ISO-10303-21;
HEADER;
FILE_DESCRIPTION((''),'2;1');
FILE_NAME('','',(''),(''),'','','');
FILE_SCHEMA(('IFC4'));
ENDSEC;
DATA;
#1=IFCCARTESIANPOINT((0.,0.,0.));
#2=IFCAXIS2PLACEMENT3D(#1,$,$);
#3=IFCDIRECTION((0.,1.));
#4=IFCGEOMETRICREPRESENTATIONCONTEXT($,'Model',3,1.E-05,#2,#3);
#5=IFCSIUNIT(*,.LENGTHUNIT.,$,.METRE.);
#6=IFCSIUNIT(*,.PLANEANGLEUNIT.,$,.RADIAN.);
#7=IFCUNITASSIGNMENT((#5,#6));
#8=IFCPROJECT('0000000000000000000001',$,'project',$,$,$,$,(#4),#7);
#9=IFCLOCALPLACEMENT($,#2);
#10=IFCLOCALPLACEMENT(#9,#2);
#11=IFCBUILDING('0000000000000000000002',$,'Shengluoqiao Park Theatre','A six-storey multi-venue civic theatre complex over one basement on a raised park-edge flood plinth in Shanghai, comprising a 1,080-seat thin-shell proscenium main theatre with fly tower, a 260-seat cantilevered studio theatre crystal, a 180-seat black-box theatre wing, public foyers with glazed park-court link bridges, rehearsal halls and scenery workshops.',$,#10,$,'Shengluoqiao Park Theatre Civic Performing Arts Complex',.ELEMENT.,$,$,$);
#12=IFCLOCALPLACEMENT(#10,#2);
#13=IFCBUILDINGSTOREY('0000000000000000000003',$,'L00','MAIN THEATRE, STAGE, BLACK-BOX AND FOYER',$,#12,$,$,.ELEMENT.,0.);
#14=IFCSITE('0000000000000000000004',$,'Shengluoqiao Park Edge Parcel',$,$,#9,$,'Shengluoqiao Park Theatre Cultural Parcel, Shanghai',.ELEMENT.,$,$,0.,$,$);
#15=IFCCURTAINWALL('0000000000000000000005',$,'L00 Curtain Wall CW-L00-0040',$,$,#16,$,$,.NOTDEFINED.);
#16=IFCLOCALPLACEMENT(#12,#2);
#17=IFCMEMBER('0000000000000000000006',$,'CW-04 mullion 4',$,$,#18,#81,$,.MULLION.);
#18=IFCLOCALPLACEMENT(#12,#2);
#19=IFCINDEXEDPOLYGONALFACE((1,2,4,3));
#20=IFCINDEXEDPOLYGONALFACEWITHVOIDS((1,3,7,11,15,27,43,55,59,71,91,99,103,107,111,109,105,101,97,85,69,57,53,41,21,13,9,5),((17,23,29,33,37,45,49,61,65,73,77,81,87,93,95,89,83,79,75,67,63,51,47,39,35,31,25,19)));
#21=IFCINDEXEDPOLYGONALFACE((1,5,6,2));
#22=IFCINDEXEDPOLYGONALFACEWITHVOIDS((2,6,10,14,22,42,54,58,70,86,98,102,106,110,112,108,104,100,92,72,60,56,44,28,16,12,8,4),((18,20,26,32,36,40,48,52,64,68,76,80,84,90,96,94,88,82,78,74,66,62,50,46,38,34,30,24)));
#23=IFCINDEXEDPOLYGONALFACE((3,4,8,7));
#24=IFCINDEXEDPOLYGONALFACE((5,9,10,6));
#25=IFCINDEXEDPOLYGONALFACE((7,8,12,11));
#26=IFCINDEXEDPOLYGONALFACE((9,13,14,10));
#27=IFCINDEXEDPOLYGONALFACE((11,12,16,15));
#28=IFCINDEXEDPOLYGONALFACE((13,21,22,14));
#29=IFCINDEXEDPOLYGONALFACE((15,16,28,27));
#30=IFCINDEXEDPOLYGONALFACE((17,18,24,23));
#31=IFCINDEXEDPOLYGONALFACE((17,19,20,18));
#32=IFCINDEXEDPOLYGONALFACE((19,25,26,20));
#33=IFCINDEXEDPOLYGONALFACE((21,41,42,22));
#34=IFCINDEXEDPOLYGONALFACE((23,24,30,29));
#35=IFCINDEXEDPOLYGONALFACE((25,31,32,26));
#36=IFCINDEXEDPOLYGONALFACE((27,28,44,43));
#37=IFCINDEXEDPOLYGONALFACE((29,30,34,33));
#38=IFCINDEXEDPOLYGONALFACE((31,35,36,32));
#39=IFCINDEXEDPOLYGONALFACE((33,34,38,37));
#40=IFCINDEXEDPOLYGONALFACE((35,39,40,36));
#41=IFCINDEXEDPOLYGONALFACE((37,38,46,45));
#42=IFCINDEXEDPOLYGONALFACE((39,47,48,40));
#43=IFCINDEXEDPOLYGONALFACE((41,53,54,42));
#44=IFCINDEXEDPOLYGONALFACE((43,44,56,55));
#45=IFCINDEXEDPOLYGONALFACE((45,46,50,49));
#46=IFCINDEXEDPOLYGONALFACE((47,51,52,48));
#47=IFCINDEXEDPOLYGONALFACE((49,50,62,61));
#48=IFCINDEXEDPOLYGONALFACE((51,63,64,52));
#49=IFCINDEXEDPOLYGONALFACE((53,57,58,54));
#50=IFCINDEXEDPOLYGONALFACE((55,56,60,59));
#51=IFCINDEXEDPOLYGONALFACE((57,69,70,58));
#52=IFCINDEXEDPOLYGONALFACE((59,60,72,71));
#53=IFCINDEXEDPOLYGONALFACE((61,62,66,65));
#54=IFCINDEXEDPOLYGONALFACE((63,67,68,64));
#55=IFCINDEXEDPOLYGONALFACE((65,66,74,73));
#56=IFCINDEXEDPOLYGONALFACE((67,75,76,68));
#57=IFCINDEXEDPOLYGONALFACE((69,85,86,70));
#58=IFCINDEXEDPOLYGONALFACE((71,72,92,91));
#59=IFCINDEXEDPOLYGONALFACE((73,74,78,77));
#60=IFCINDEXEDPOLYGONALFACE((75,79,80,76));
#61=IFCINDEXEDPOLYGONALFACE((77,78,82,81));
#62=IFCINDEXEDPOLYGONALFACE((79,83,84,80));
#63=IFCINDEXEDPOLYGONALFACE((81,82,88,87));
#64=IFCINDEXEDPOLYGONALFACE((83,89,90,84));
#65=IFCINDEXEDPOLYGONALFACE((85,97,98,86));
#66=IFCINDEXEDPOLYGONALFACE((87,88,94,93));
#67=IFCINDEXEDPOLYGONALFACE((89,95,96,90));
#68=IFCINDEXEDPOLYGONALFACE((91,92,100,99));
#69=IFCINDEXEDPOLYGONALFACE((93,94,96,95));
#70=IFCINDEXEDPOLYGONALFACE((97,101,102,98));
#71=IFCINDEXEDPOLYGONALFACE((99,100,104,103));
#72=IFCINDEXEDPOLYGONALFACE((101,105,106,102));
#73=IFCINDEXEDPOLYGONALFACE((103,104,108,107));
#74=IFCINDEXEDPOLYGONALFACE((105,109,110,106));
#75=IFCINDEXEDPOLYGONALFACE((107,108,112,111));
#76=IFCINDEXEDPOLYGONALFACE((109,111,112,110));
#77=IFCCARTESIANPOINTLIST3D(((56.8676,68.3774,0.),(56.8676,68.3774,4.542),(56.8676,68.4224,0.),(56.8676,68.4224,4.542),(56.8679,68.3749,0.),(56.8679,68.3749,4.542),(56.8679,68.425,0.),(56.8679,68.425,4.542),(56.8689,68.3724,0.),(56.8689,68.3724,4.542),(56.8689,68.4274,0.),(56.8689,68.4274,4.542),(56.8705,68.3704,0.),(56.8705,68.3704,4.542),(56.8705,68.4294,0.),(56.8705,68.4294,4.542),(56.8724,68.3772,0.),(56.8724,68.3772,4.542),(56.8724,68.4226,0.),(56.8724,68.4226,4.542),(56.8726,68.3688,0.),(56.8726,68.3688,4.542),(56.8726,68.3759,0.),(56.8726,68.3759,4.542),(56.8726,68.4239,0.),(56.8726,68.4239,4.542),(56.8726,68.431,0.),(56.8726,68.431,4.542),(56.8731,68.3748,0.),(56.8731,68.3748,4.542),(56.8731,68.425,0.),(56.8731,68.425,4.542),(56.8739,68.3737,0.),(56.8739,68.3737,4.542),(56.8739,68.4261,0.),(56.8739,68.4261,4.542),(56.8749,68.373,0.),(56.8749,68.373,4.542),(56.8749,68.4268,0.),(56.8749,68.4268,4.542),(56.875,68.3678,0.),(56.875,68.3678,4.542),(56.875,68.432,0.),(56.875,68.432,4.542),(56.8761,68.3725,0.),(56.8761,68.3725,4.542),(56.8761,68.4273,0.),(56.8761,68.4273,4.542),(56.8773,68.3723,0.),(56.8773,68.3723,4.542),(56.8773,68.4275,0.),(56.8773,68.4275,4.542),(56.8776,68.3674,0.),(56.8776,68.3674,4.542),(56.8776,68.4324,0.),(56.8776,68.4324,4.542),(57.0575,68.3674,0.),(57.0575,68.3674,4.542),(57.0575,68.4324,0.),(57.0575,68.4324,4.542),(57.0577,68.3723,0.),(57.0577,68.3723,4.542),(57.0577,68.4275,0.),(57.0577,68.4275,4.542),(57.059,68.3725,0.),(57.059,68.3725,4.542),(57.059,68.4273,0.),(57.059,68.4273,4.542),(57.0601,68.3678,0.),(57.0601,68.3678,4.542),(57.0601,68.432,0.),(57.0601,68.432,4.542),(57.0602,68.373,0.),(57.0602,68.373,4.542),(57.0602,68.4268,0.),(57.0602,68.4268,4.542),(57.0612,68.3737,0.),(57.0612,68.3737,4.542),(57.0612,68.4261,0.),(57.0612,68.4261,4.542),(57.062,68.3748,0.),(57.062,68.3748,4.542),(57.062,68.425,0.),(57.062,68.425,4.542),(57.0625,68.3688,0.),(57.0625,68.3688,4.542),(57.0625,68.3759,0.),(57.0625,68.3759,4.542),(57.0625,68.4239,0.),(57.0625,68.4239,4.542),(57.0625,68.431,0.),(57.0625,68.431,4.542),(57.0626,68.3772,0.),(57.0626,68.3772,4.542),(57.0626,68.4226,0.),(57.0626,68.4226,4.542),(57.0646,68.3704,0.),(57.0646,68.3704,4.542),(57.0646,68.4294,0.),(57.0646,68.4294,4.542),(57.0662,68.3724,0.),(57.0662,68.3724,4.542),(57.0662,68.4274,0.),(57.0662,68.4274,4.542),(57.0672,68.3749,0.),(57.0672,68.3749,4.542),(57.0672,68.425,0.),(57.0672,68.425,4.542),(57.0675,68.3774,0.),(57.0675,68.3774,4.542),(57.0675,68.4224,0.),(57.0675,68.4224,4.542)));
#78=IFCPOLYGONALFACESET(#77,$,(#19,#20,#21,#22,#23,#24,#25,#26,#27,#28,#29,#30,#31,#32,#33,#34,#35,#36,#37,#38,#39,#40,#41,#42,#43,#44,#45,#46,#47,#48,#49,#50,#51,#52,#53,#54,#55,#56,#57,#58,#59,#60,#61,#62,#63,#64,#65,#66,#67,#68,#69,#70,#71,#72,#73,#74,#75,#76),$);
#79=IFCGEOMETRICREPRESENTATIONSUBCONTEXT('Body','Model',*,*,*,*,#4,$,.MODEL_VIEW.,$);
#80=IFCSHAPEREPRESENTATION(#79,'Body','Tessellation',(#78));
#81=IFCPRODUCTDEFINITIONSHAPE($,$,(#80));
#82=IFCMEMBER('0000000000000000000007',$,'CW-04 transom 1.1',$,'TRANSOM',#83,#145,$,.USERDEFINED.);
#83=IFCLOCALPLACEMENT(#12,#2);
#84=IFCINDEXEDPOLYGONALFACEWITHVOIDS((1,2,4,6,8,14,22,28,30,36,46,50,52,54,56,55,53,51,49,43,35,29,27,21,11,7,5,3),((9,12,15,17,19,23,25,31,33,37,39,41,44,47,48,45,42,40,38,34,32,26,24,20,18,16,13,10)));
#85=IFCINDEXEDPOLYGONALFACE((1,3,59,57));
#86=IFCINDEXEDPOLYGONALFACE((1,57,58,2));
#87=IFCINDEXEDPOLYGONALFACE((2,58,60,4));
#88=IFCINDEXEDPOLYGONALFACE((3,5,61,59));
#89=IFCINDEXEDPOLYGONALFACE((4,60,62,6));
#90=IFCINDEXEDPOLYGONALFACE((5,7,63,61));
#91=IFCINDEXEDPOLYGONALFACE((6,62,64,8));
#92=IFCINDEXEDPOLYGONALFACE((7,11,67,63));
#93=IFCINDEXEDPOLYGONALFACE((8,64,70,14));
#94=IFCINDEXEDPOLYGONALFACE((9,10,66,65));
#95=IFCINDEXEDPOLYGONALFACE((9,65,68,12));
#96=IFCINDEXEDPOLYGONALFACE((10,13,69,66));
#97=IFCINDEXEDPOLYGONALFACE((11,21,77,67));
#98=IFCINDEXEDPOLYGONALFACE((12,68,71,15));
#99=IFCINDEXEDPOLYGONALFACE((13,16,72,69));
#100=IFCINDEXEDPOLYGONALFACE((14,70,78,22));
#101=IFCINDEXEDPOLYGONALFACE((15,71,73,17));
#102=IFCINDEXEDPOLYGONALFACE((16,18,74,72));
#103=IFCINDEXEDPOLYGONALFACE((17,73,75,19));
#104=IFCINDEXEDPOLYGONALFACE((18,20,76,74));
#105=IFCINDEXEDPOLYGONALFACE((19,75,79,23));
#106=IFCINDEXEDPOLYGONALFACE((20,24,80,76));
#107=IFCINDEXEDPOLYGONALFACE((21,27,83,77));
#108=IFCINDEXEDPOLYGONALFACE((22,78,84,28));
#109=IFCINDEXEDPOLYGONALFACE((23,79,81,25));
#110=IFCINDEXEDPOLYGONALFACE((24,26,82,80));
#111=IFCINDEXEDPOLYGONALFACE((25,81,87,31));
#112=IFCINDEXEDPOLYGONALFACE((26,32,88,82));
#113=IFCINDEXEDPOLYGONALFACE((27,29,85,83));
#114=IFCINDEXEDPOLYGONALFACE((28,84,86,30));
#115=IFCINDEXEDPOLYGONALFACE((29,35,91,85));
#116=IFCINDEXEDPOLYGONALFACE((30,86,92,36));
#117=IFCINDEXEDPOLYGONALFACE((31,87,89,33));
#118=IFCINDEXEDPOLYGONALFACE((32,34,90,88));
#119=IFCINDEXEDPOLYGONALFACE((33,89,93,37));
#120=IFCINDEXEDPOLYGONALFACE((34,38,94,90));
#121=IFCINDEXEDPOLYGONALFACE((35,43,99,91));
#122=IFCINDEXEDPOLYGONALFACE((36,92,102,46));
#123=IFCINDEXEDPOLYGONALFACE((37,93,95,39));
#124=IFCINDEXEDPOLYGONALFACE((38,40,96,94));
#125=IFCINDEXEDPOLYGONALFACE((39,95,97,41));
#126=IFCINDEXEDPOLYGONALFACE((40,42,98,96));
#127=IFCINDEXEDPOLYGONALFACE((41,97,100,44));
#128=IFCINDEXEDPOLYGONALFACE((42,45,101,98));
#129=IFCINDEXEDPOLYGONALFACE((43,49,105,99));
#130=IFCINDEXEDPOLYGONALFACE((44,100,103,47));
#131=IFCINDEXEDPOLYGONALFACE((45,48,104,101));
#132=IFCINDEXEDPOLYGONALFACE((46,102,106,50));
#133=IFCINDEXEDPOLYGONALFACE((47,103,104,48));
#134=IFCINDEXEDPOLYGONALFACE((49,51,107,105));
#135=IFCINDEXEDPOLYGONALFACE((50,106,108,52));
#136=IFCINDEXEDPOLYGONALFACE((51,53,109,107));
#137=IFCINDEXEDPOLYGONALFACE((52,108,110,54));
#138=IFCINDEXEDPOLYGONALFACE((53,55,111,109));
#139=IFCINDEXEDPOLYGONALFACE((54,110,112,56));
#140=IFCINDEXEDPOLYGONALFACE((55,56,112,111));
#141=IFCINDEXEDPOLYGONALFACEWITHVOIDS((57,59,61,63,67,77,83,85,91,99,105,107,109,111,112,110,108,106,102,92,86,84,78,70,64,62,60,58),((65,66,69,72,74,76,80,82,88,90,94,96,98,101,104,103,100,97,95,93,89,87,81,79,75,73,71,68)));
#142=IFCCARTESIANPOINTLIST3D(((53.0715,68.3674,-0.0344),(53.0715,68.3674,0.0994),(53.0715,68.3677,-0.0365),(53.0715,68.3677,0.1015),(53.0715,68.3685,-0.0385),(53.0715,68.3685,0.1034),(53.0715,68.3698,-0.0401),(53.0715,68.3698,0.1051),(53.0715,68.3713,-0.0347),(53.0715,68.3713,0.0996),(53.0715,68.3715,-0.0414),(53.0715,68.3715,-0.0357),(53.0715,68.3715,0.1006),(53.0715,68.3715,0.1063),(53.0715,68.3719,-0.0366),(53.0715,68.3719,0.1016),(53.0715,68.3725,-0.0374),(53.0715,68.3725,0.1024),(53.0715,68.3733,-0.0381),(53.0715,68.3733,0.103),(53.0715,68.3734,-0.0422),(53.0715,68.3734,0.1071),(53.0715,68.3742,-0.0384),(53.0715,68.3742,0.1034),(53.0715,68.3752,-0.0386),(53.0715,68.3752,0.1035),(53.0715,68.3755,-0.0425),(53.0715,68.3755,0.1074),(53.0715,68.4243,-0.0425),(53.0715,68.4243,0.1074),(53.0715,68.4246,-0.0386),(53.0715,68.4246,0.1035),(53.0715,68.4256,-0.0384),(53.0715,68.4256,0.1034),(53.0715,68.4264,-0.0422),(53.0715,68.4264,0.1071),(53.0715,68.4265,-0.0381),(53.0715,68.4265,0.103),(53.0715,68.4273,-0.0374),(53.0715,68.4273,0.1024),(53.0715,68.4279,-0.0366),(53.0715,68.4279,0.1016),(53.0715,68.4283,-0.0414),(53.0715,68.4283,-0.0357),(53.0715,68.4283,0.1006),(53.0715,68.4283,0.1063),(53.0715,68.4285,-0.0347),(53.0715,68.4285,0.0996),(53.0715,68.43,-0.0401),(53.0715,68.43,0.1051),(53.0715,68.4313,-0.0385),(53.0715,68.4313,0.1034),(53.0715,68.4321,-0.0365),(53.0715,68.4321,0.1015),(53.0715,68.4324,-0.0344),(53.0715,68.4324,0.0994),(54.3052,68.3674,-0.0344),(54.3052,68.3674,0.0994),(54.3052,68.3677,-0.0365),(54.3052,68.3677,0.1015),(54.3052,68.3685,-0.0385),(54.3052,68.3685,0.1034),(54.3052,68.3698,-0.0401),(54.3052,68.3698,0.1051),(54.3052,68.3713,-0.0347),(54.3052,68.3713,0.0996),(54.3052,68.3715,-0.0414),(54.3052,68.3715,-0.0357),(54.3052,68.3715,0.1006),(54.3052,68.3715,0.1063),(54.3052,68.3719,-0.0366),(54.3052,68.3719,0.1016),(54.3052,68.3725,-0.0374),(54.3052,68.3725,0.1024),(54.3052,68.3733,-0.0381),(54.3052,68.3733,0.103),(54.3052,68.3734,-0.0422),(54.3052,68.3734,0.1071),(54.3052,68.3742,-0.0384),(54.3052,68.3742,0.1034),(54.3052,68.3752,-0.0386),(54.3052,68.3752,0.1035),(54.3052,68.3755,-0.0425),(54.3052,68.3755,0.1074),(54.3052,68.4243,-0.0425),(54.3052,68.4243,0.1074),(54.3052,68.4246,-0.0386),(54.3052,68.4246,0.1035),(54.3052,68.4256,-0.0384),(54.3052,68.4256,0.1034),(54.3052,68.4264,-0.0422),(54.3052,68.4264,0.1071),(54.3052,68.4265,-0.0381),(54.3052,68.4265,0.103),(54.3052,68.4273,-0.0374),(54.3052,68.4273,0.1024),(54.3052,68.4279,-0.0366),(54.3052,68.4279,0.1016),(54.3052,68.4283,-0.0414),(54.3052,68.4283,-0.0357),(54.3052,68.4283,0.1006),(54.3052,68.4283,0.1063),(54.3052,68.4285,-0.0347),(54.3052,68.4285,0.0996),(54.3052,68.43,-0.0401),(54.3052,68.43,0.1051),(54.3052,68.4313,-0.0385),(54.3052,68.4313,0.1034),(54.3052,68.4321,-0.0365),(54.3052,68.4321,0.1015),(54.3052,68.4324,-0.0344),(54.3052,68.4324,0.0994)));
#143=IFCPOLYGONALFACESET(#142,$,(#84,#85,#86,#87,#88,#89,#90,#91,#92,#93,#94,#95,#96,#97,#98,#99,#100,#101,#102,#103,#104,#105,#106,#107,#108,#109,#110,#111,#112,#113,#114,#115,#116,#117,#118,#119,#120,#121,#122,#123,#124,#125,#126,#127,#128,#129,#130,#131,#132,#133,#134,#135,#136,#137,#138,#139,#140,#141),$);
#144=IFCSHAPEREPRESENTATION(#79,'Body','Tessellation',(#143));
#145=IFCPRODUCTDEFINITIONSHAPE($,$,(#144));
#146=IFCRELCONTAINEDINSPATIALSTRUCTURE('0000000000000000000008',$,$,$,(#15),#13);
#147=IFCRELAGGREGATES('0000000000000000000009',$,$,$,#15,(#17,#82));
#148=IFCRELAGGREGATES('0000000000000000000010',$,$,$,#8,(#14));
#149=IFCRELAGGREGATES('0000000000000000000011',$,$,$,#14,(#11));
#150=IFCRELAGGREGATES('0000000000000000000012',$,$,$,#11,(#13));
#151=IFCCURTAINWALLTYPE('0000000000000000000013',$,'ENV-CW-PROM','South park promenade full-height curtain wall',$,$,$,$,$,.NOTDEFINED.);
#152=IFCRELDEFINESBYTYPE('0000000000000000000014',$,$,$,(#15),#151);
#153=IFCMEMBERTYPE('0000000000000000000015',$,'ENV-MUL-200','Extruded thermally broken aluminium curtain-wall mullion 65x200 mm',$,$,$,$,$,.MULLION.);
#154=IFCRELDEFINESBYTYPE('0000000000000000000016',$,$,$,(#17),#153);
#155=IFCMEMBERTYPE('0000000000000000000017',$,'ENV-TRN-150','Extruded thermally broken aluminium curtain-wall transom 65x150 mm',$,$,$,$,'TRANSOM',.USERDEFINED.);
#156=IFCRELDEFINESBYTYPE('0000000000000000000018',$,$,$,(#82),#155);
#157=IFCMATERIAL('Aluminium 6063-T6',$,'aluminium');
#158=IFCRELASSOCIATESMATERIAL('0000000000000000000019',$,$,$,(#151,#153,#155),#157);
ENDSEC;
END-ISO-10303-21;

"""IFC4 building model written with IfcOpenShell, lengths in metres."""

from ifc_helpers import new_model, si_unit, direction, frame, origin, origin_2d, place, context, subcontext, project, spatial, hollow_rectangle, extrude, material, material_profile, profile_set, type_object, element, aggregate, save


model = new_model("IFC4")

# Units and contexts
model_context = context("Model", 3, precision=1e-05, world=origin(), true_north=direction((0.0, 1.0)))
body_context = subcontext(model_context, "Body", "Model", "MODEL_VIEW")
ifc_project = project(units=[si_unit("LENGTHUNIT", "METRE"), si_unit("PLANEANGLEUNIT", "RADIAN")], contexts=[model_context])

# Site, building, storey
site_placement = place(None, origin())
site = spatial("IfcSite", under=ifc_project, at=site_placement, Name="Shengluoqiao Park Edge Parcel", LongName="Shengluoqiao Park Theatre Cultural Parcel, Shanghai", CompositionType="ELEMENT", RefElevation=0.0)
building_placement = place(site_placement, origin())
building = spatial("IfcBuilding", under=site, at=building_placement, Name="Shengluoqiao Park Theatre", Description="A six-storey multi-venue civic theatre complex over one basement on a raised park-edge flood plinth in Shanghai, comprising a 1,080-seat thin-shell proscenium main theatre with fly tower, a 260-seat cantilevered studio theatre crystal, a 180-seat black-box theatre wing, public foyers with glazed park-court link bridges, rehearsal halls and scenery workshops.", LongName="Shengluoqiao Park Theatre Civic Performing Arts Complex", CompositionType="ELEMENT")
storey_placement = place(building_placement, origin())
storey = spatial("IfcBuildingStorey", under=building, at=storey_placement, Name="L00", Description="MAIN THEATRE, STAGE, BLACK-BOX AND FOYER", CompositionType="ELEMENT", Elevation=0.0)

# Curtain wall, members
ifc_material_1 = material(Name="Aluminium 6063-T6", Category="aluminium")
curtain_wall_type = type_object("IfcCurtainWallType", Name="ENV-CW-PROM", Description="South park promenade full-height curtain wall", PredefinedType="NOTDEFINED", material=ifc_material_1)
curtain_wall_placement = place(storey_placement, origin())
curtain_wall = element("IfcCurtainWall", 1, at=curtain_wall_placement, inside=storey, type_object=curtain_wall_type, Name="L00 Curtain Wall CW-L00-0040", PredefinedType="NOTDEFINED")
ifc_material_profile_1 = material_profile(ifc_material_1, hollow_rectangle(XDim=0.0649, YDim=0.2, WallThickness=0.0049, InnerFilletRadius=0.0049, OuterFilletRadius=0.01, at=origin_2d()), Name="ALU MULLION 200x65x5")
ifc_profile_set_1 = profile_set([ifc_material_profile_1], Name="Aluminium 6063-T6")
member_type_1 = type_object("IfcMemberType", Name="ENV-MUL-200", Description="Extruded thermally broken aluminium curtain-wall mullion 65x200 mm", PredefinedType="MULLION", material=ifc_profile_set_1)
member_1_placement = place(storey_placement, frame((56.9675, 68.3999, 0.0), z_axis=(0.0, 0.0, 1.0), x_axis=(0.0, 1.0, 0.0)))
member_1 = element("IfcMember", 2, at=member_1_placement, type_object=member_type_1, Name="CW-04 mullion 4", PredefinedType="MULLION", context=body_context, shape_type="SweptSolid", body=[
    extrude(hollow_rectangle(XDim=0.0649, YDim=0.2, WallThickness=0.0049, InnerFilletRadius=0.0049, OuterFilletRadius=0.01, at=origin_2d()), origin(), (0.0, 0.0, 1.0), 4.542),
])
ifc_material_profile_2 = material_profile(ifc_material_1, hollow_rectangle(XDim=0.0649, YDim=0.1499, WallThickness=0.0039, InnerFilletRadius=0.0039, OuterFilletRadius=0.0081, at=origin_2d()), Name="ALU TRANSOM 150x65x4")
ifc_profile_set_2 = profile_set([ifc_material_profile_2], Name="Aluminium 6063-T6")
member_type_2 = type_object("IfcMemberType", Name="ENV-TRN-150", Description="Extruded thermally broken aluminium curtain-wall transom 65x150 mm", ElementType="TRANSOM", PredefinedType="USERDEFINED", material=ifc_profile_set_2)
member_2_placement = place(storey_placement, frame((53.0715, 68.3999, 0.0325), z_axis=(1.0, 0.0, 0.0), x_axis=(0.0, 1.0, 0.0)))
member_2 = element("IfcMember", 3, at=member_2_placement, type_object=member_type_2, Name="CW-04 transom 1.1", ObjectType="TRANSOM", PredefinedType="USERDEFINED", context=body_context, shape_type="SweptSolid", body=[
    extrude(hollow_rectangle(XDim=0.0649, YDim=0.1499, WallThickness=0.0039, InnerFilletRadius=0.0039, OuterFilletRadius=0.0081, at=origin_2d()), origin(), (0.0, 0.0, 1.0), 1.2336),
])
aggregate(curtain_wall, [member_1, member_2])

save(model, "model.ifc")
